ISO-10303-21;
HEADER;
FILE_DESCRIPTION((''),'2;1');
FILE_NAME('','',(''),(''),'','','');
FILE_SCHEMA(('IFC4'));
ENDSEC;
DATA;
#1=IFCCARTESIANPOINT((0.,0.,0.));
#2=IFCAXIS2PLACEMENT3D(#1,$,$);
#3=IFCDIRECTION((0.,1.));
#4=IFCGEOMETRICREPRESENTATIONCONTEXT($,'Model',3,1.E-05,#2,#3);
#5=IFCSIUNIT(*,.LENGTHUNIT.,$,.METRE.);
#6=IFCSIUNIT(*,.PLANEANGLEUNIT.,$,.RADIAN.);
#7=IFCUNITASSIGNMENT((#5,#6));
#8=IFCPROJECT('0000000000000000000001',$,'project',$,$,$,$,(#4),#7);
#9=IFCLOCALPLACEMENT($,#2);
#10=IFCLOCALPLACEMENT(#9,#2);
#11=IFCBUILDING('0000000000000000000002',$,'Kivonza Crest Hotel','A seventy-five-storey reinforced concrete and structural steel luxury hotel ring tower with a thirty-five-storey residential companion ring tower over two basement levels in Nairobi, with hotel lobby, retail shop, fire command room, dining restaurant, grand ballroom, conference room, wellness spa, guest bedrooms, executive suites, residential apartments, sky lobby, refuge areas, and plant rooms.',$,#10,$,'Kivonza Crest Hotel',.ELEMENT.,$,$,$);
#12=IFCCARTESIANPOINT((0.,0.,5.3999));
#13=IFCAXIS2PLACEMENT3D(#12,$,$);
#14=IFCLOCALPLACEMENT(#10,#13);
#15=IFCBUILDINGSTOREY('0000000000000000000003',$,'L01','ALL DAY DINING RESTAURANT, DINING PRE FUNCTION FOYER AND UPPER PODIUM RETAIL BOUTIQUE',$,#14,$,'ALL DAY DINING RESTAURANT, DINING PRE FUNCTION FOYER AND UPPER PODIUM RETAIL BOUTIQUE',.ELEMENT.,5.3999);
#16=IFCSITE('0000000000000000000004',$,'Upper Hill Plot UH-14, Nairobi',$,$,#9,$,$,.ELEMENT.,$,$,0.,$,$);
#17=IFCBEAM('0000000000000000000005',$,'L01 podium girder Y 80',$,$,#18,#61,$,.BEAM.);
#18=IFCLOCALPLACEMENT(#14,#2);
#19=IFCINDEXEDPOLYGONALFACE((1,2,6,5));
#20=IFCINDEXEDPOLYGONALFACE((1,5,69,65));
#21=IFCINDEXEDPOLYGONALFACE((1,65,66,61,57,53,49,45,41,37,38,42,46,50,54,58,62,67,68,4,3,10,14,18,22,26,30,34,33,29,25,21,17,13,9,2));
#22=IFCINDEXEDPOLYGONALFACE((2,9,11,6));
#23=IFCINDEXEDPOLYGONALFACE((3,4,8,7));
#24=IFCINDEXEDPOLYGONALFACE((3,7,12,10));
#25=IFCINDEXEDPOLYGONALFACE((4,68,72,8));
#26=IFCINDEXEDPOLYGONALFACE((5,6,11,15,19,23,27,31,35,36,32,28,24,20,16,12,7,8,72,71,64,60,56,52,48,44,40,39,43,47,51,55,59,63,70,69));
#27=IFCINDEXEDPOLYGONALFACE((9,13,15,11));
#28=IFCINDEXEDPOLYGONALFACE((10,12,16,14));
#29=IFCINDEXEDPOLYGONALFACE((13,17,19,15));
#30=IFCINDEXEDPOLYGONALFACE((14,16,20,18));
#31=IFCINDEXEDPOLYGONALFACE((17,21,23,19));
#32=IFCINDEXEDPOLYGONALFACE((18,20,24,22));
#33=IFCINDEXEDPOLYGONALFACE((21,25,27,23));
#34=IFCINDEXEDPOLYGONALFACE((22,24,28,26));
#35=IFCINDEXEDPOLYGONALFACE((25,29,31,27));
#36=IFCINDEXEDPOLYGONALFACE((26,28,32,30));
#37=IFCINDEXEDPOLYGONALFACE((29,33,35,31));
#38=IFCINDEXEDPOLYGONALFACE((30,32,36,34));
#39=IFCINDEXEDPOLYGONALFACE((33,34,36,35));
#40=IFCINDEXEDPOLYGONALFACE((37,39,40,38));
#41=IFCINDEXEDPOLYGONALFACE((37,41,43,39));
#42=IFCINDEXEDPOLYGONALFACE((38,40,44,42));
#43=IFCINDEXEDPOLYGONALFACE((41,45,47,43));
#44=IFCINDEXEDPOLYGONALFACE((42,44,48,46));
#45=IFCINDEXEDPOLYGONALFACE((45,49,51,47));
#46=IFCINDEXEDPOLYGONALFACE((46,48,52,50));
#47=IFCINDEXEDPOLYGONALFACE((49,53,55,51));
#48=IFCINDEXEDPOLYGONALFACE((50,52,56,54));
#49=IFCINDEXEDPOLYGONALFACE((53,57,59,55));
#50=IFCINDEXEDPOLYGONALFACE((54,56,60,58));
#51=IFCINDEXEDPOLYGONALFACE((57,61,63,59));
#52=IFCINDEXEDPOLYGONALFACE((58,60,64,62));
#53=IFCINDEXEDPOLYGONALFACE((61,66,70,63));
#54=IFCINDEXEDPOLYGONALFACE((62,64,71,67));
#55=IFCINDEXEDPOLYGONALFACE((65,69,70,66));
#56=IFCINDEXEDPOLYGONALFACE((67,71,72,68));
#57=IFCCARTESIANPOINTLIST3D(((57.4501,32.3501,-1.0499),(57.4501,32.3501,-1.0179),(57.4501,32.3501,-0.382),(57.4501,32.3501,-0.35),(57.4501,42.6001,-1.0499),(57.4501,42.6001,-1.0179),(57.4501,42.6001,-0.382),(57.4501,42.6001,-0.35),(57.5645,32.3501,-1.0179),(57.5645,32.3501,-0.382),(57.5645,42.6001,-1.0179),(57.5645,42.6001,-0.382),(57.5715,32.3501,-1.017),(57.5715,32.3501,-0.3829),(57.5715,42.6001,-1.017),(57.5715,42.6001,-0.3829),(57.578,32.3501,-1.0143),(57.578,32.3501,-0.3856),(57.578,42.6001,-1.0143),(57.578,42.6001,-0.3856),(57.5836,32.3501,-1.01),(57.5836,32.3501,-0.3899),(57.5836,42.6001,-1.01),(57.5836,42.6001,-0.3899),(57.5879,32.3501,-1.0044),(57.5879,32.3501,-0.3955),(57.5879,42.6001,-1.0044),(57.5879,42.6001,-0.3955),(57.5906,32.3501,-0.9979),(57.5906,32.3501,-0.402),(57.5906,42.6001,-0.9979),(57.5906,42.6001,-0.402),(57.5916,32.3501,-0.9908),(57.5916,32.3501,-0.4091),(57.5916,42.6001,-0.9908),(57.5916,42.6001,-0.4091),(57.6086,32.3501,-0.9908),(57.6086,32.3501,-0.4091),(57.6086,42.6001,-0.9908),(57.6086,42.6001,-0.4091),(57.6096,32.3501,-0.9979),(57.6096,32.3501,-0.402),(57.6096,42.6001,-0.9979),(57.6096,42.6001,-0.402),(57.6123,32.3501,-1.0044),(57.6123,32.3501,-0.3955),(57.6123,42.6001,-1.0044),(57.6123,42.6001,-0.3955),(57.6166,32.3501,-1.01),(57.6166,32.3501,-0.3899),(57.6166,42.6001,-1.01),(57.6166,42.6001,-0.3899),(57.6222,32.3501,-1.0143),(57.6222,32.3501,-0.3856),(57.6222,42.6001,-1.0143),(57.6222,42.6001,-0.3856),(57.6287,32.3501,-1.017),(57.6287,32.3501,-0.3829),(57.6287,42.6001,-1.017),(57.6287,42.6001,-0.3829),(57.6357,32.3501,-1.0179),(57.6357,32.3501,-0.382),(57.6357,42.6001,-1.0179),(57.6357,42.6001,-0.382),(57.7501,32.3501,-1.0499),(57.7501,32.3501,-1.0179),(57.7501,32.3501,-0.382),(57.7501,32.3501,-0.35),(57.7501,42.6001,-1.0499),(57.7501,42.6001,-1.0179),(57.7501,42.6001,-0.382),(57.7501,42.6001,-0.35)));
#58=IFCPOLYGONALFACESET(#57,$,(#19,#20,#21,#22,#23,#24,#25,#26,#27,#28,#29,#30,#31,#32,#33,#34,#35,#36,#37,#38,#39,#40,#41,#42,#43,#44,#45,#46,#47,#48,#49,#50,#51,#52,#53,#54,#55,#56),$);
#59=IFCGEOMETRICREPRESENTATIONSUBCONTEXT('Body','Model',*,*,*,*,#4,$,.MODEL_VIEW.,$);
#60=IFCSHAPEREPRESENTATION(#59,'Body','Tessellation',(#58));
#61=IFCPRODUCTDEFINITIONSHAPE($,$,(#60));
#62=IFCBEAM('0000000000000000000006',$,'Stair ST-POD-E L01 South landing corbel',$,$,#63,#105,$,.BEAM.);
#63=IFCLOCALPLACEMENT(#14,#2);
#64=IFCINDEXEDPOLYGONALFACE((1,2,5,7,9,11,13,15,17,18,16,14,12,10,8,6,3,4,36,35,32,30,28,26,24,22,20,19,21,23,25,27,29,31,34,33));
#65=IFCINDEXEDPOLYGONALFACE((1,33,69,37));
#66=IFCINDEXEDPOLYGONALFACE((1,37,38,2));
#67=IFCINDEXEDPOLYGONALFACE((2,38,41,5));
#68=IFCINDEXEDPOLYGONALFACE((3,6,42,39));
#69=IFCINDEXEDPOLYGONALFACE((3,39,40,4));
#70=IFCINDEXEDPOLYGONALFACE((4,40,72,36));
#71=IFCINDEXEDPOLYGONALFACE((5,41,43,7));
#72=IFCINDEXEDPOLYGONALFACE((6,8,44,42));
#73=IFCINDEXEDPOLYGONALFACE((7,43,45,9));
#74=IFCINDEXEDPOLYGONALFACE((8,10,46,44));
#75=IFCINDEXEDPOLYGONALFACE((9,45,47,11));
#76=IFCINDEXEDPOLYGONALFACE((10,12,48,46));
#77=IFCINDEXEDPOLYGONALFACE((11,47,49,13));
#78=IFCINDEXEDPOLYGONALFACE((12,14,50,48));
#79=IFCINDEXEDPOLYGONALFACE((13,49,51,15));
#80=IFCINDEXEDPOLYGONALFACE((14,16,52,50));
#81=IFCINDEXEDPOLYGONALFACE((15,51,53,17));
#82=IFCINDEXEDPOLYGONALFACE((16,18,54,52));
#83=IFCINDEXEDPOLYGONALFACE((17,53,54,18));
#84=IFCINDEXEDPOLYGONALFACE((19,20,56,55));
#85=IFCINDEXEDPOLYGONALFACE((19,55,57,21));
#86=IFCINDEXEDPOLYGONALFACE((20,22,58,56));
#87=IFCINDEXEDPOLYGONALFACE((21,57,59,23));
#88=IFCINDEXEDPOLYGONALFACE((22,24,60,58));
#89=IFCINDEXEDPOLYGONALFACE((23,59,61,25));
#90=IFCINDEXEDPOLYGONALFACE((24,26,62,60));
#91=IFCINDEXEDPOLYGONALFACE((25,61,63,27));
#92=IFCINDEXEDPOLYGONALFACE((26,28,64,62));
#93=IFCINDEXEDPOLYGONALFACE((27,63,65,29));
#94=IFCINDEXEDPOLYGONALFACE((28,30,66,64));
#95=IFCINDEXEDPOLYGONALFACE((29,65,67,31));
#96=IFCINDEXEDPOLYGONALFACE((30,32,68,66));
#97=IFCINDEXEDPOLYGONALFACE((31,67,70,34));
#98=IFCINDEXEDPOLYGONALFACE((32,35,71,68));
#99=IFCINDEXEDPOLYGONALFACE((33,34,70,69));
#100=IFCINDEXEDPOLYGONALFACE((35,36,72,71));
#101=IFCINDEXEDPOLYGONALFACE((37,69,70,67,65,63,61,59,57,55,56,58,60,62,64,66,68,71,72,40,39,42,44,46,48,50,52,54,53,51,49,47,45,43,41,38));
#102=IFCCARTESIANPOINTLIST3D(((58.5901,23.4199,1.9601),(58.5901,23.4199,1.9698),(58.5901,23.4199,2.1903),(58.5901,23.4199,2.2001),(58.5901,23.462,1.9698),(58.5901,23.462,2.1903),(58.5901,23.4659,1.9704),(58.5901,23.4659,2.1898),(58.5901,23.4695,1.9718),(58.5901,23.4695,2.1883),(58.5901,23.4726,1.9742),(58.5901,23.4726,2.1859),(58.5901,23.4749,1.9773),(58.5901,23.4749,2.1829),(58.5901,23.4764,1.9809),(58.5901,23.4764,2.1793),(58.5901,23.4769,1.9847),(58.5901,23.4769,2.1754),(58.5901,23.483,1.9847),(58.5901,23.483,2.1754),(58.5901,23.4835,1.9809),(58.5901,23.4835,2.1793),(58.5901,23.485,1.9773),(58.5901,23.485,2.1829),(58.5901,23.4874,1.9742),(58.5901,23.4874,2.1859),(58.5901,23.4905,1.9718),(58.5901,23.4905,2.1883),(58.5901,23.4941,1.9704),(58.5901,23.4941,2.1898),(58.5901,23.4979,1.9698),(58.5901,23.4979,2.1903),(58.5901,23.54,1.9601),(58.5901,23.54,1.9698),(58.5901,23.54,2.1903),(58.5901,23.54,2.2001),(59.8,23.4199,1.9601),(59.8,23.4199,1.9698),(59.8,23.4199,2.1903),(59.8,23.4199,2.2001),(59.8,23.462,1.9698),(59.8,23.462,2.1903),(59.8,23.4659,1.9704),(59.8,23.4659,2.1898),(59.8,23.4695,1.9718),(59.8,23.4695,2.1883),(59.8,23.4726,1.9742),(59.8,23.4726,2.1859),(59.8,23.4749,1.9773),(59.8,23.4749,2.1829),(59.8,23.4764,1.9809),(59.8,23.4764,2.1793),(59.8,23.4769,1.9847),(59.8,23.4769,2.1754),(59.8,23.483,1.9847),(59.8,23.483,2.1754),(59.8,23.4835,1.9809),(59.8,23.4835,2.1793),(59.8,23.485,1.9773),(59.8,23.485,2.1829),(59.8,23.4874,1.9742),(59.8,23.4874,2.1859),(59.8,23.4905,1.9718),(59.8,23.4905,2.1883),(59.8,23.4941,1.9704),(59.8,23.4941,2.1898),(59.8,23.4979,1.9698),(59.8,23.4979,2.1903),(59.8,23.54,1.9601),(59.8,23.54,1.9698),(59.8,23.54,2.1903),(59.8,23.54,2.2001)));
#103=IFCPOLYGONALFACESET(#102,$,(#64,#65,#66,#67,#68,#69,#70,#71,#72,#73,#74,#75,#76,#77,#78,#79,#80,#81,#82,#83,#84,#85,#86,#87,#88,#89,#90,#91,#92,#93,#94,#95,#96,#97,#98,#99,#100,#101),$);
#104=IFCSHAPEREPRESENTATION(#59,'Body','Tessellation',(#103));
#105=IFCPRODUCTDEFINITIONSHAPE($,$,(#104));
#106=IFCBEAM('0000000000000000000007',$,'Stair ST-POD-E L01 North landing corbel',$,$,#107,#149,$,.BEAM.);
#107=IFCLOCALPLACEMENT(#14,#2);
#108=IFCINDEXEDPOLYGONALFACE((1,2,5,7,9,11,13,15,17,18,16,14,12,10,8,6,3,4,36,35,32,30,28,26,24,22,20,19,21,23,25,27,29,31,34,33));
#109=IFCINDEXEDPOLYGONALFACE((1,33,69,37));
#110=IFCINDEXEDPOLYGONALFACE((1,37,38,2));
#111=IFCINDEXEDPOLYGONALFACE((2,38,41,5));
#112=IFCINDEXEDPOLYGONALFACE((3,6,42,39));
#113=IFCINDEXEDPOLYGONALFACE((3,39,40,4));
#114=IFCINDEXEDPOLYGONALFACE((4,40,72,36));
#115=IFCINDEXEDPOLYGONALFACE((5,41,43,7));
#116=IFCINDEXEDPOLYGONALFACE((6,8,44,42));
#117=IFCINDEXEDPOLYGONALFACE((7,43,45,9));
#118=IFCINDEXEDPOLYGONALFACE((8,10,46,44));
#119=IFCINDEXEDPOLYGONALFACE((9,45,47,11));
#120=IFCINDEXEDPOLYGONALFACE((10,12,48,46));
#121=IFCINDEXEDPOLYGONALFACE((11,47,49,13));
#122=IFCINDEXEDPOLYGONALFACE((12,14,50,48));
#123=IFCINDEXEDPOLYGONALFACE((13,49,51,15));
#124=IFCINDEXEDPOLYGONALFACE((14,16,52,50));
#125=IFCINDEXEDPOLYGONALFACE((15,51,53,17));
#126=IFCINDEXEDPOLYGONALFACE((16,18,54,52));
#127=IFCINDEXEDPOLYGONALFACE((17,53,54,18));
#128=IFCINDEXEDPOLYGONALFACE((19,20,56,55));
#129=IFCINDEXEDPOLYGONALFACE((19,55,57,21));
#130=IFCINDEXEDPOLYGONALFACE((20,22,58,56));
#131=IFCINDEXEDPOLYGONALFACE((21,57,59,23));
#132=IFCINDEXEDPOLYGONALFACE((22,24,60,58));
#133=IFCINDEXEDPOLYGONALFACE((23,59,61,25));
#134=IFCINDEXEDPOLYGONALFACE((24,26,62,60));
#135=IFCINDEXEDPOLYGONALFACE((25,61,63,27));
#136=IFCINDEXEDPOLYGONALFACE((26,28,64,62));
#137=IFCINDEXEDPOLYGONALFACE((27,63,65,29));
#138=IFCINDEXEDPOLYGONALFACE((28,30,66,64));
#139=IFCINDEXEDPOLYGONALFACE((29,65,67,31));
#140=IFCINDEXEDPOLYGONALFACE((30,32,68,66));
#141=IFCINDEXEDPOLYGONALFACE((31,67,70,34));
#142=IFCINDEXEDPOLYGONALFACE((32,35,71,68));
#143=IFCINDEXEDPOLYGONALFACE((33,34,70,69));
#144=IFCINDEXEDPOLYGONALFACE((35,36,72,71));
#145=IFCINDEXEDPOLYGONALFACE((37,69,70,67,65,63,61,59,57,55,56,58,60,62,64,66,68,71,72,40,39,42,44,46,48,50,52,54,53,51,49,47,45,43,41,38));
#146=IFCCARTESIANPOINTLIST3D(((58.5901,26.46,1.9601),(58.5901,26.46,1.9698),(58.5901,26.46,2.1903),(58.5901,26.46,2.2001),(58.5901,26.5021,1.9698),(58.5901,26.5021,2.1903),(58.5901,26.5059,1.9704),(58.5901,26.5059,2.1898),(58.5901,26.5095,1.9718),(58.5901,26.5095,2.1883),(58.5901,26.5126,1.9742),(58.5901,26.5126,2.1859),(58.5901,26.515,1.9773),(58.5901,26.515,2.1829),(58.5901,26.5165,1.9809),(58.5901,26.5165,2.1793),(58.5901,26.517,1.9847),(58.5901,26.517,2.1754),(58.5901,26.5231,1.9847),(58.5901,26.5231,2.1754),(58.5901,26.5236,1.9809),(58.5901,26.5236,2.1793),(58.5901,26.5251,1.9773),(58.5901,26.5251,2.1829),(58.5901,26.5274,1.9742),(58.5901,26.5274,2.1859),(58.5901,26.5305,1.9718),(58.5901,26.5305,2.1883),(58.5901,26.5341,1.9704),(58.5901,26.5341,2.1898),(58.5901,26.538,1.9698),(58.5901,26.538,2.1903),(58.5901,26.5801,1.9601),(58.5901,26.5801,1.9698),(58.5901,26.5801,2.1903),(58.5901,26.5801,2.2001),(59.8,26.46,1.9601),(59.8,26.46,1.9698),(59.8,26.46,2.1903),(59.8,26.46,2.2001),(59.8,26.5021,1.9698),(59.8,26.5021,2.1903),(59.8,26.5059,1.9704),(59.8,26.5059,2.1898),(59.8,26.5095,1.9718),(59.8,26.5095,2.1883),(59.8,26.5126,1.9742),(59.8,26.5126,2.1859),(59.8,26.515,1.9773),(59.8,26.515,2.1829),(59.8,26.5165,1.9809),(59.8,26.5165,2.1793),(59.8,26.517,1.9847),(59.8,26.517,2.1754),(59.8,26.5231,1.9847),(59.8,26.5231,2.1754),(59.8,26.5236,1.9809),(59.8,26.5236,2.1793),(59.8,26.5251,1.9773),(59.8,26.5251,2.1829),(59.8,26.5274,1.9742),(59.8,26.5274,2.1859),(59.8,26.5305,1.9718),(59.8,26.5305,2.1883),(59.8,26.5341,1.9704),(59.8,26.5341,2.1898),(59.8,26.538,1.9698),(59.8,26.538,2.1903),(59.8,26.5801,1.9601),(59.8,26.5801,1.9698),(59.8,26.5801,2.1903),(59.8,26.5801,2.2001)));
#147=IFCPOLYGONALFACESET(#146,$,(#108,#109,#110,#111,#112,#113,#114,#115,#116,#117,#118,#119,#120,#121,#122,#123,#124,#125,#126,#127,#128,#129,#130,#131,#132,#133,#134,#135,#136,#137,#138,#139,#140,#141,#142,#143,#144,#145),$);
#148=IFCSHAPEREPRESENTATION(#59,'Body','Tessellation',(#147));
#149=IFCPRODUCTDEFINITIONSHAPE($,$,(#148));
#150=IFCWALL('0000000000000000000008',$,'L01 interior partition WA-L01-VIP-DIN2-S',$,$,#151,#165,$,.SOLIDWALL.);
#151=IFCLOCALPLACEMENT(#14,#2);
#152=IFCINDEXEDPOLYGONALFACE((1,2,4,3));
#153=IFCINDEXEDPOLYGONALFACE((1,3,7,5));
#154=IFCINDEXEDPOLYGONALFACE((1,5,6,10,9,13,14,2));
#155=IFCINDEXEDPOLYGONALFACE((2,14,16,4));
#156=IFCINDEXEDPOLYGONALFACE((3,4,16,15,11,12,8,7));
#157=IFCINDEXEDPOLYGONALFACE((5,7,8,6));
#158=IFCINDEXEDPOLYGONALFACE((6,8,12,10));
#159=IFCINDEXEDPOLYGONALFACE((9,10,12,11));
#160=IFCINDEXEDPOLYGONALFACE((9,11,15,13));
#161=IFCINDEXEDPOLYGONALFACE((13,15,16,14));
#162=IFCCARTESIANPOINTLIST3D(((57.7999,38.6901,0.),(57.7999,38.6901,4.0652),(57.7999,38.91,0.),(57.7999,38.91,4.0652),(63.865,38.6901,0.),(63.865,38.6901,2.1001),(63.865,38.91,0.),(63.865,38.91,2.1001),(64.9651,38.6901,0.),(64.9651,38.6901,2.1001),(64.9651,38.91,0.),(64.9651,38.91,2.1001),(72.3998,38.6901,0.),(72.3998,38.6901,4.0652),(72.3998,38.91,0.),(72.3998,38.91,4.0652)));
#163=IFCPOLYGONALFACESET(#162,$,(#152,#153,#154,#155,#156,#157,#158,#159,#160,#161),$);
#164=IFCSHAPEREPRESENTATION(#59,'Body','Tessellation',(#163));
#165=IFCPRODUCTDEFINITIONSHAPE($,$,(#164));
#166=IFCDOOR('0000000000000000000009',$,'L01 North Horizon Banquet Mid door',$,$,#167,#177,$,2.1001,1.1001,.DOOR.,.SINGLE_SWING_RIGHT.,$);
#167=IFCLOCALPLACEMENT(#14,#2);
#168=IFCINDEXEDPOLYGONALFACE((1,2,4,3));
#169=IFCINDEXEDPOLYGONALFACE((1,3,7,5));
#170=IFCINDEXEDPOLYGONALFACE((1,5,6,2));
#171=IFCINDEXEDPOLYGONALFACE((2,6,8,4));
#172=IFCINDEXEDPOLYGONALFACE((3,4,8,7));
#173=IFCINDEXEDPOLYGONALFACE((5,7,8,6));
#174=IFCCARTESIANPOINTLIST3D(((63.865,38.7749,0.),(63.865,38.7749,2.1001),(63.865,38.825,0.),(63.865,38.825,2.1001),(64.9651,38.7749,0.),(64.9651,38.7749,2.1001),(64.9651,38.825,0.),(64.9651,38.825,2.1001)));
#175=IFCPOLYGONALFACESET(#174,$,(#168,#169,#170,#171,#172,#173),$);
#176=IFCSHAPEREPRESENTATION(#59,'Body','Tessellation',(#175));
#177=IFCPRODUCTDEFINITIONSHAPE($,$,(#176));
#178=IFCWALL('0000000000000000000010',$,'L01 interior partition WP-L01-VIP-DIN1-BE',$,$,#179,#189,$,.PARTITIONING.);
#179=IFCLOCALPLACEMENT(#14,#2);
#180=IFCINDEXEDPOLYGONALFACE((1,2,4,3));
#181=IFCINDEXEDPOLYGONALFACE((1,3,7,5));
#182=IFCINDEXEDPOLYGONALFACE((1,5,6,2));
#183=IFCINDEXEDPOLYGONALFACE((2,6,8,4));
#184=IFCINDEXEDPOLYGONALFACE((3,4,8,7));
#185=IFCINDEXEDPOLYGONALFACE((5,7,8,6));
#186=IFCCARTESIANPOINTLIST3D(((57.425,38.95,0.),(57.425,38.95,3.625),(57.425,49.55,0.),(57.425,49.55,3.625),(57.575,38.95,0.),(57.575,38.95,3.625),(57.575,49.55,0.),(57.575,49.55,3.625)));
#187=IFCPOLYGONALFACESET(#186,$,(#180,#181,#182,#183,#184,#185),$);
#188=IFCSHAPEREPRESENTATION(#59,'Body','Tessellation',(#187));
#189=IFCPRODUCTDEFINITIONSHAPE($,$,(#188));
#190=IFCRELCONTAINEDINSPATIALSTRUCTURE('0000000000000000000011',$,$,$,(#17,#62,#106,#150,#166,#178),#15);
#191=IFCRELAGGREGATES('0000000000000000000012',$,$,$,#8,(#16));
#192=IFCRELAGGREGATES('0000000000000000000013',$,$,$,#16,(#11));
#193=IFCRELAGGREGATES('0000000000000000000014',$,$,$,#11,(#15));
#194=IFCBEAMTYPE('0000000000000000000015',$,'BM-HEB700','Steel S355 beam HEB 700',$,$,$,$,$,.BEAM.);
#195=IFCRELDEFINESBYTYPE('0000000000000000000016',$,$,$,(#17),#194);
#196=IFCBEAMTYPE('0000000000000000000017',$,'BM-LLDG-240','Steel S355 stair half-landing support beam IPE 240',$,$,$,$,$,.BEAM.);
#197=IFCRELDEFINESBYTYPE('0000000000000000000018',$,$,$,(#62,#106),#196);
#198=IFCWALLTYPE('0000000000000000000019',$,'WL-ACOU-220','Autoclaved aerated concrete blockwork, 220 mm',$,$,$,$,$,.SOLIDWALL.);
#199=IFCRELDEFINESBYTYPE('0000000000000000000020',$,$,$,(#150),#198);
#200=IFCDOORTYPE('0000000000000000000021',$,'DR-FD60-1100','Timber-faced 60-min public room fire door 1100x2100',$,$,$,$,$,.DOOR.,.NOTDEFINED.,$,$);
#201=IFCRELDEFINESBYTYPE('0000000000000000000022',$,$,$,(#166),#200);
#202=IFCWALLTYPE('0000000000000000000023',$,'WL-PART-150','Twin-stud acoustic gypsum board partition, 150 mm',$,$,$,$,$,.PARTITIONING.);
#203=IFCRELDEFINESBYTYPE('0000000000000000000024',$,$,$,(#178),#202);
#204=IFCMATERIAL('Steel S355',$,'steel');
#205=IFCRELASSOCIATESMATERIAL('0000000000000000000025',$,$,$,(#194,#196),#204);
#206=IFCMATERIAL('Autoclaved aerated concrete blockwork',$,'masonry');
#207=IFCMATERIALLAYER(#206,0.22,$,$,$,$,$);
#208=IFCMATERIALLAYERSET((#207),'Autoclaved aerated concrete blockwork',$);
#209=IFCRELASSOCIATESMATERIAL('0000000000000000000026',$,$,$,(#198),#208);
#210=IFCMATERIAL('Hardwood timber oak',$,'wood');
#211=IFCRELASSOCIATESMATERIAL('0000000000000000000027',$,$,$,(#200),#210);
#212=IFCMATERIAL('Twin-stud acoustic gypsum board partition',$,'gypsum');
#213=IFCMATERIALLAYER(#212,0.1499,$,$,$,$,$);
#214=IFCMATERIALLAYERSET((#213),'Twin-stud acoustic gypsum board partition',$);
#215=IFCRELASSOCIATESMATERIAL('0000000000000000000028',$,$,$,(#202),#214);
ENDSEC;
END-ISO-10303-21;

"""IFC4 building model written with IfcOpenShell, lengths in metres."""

from ifc_helpers import new_model, si_unit, direction, frame, frame_2d, origin, origin_2d, place, context, subcontext, project, spatial, rectangle, i_section, extrude, material, layer, layer_set, material_profile, profile_set, type_object, element, fill, save


model = new_model("IFC4")

# Units and contexts
model_context = context("Model", 3, precision=1e-05, world=origin(), true_north=direction((0.0, 1.0)))
body_context = subcontext(model_context, "Body", "Model", "MODEL_VIEW")
ifc_project = project(units=[si_unit("LENGTHUNIT", "METRE"), si_unit("PLANEANGLEUNIT", "RADIAN")], contexts=[model_context])

# Site, building, storey
site_placement = place(None, origin())
site = spatial("IfcSite", under=ifc_project, at=site_placement, Name="Upper Hill Plot UH-14, Nairobi", CompositionType="ELEMENT", RefElevation=0.0)
building_placement = place(site_placement, origin())
building = spatial("IfcBuilding", under=site, at=building_placement, Name="Kivonza Crest Hotel", Description="A seventy-five-storey reinforced concrete and structural steel luxury hotel ring tower with a thirty-five-storey residential companion ring tower over two basement levels in Nairobi, with hotel lobby, retail shop, fire command room, dining restaurant, grand ballroom, conference room, wellness spa, guest bedrooms, executive suites, residential apartments, sky lobby, refuge areas, and plant rooms.", LongName="Kivonza Crest Hotel", CompositionType="ELEMENT")
storey_placement = place(building_placement, frame((0.0, 0.0, 5.3999)))
storey = spatial("IfcBuildingStorey", under=building, at=storey_placement, Name="L01", Description="ALL DAY DINING RESTAURANT, DINING PRE FUNCTION FOYER AND UPPER PODIUM RETAIL BOUTIQUE", LongName="ALL DAY DINING RESTAURANT, DINING PRE FUNCTION FOYER AND UPPER PODIUM RETAIL BOUTIQUE", CompositionType="ELEMENT", Elevation=5.3999)

# Beams
ifc_material_1 = material(Name="Steel S355", Category="steel")
ifc_material_profile_1 = material_profile(ifc_material_1, i_section(OverallWidth=0.3, OverallDepth=0.7, WebThickness=0.0171, FlangeThickness=0.032, FilletRadius=0.0271, at=origin_2d()), Name="HEB 700")
ifc_profile_set_1 = profile_set([ifc_material_profile_1], Name="Steel S355")
beam_type_1 = type_object("IfcBeamType", Name="BM-HEB700", Description="Steel S355 beam HEB 700", PredefinedType="BEAM", material=ifc_profile_set_1)
beam_1_placement = place(storey_placement, frame((57.6001, 32.3501, -0.7), z_axis=(0.0, 1.0, 0.0), x_axis=(-1.0, 0.0, 0.0)))
element("IfcBeam", 1, at=beam_1_placement, inside=storey, type_object=beam_type_1, Name="L01 podium girder Y 80", PredefinedType="BEAM", context=body_context, shape_type="SweptSolid", body=[
    extrude(i_section(OverallWidth=0.3, OverallDepth=0.7, WebThickness=0.0171, FlangeThickness=0.032, FilletRadius=0.0271, at=origin_2d()), origin(), (0.0, 0.0, 1.0), 10.25),
])
ifc_material_profile_2 = material_profile(ifc_material_1, i_section(OverallWidth=0.1201, OverallDepth=0.24, WebThickness=0.0061, FlangeThickness=0.0098, FilletRadius=0.0149, at=origin_2d()), Name="IPE 240")
ifc_profile_set_2 = profile_set([ifc_material_profile_2], Name="Steel S355")
beam_type_2 = type_object("IfcBeamType", Name="BM-LLDG-240", Description="Steel S355 stair half-landing support beam IPE 240", PredefinedType="BEAM", material=ifc_profile_set_2)
for number, where, z_axis, x_axis, name in (
    (2, (58.5901, 23.48, 2.0801), (1.0, 0.0, 0.0), (0.0, 1.0, 0.0), "Stair ST-POD-E L01 South landing corbel"),
    (3, (58.5901, 26.52, 2.0801), (1.0, 0.0, 0.0), (0.0, 1.0, 0.0), "Stair ST-POD-E L01 North landing corbel"),
):
    element("IfcBeam", number, at=place(storey_placement, frame(where, z_axis=z_axis, x_axis=x_axis)), inside=storey, type_object=beam_type_2, Name=name, PredefinedType="BEAM", context=body_context, shape_type="SweptSolid", body=[
        extrude(i_section(OverallWidth=0.1201, OverallDepth=0.24, WebThickness=0.0061, FlangeThickness=0.0098, FilletRadius=0.0149, at=origin_2d()), origin(), (0.0, 0.0, 1.0), 1.21),
    ])

# Wall, opening, door
ifc_material_2 = material(Name="Autoclaved aerated concrete blockwork", Category="masonry")
ifc_layer_1 = layer(ifc_material_2, 0.22)
ifc_layer_set_1 = layer_set([ifc_layer_1], Name="Autoclaved aerated concrete blockwork")
wall_type_1 = type_object("IfcWallType", Name="WL-ACOU-220", Description="Autoclaved aerated concrete blockwork, 220 mm", PredefinedType="SOLIDWALL", material=ifc_layer_set_1)
wall_1_placement = place(storey_placement, frame((57.8, 38.8, 0.0), z_axis=(0.0, 0.0, 1.0), x_axis=(1.0, 0.0, 0.0)))
wall_1 = element("IfcWall", 4, at=wall_1_placement, inside=storey, type_object=wall_type_1, Name="L01 interior partition WA-L01-VIP-DIN2-S", PredefinedType="SOLIDWALL", context=body_context, shape_type="SweptSolid", body=[
    extrude(rectangle(XDim=14.5999, YDim=0.22, at=frame_2d((7.2998, 0.0))), origin(), (0.0, 0.0, 1.0), 4.0652),
])
opening_placement = place(wall_1_placement, frame((6.0649, 0.0, 0.0)))
opening = element("IfcOpeningElement", 5, at=opening_placement, cuts=wall_1, PredefinedType="OPENING", context=body_context, shape_type="SweptSolid", body=[
    extrude(rectangle(XDim=1.1001, YDim=2.1001, at=frame_2d((0.55, 1.05))), frame((0.0, 0.1201, 0.0), z_axis=(0.0, -1.0, 0.0), x_axis=(1.0, 0.0, 0.0)), (0.0, 0.0, 1.0), 0.24),
])
ifc_material_3 = material(Name="Hardwood timber oak", Category="wood")
door_type = type_object("IfcDoorType", Name="DR-FD60-1100", Description="Timber-faced 60-min public room fire door 1100x2100", OperationType="NOTDEFINED", PredefinedType="DOOR", material=ifc_material_3)
door_placement = place(opening_placement, origin())
door = element("IfcDoor", 6, at=door_placement, inside=storey, type_object=door_type, Name="L01 North Horizon Banquet Mid door", OperationType="SINGLE_SWING_RIGHT", OverallHeight=2.1001, OverallWidth=1.1001, PredefinedType="DOOR", context=body_context, shape_type="SweptSolid", body=[
    extrude(rectangle(XDim=1.1001, YDim=2.1001, at=frame_2d((0.55, 1.05))), frame((0.0, 0.0249, 0.0), z_axis=(0.0, -1.0, 0.0), x_axis=(1.0, 0.0, 0.0)), (0.0, 0.0, 1.0), 0.05),
])
fill(opening, door)

# Wall
ifc_material_4 = material(Name="Twin-stud acoustic gypsum board partition", Category="gypsum")
ifc_layer_2 = layer(ifc_material_4, 0.1499)
ifc_layer_set_2 = layer_set([ifc_layer_2], Name="Twin-stud acoustic gypsum board partition")
wall_type_2 = type_object("IfcWallType", Name="WL-PART-150", Description="Twin-stud acoustic gypsum board partition, 150 mm", PredefinedType="PARTITIONING", material=ifc_layer_set_2)
wall_2_placement = place(storey_placement, frame((57.5, 38.95, 0.0), z_axis=(0.0, 0.0, 1.0), x_axis=(0.0, 1.0, 0.0)))
element("IfcWall", 7, at=wall_2_placement, inside=storey, type_object=wall_type_2, Name="L01 interior partition WP-L01-VIP-DIN1-BE", PredefinedType="PARTITIONING", context=body_context, shape_type="SweptSolid", body=[
    extrude(rectangle(XDim=10.6001, YDim=0.1499, at=frame_2d((5.3, 0.0))), origin(), (0.0, 0.0, 1.0), 3.625),
])

save(model, "model.ifc")
